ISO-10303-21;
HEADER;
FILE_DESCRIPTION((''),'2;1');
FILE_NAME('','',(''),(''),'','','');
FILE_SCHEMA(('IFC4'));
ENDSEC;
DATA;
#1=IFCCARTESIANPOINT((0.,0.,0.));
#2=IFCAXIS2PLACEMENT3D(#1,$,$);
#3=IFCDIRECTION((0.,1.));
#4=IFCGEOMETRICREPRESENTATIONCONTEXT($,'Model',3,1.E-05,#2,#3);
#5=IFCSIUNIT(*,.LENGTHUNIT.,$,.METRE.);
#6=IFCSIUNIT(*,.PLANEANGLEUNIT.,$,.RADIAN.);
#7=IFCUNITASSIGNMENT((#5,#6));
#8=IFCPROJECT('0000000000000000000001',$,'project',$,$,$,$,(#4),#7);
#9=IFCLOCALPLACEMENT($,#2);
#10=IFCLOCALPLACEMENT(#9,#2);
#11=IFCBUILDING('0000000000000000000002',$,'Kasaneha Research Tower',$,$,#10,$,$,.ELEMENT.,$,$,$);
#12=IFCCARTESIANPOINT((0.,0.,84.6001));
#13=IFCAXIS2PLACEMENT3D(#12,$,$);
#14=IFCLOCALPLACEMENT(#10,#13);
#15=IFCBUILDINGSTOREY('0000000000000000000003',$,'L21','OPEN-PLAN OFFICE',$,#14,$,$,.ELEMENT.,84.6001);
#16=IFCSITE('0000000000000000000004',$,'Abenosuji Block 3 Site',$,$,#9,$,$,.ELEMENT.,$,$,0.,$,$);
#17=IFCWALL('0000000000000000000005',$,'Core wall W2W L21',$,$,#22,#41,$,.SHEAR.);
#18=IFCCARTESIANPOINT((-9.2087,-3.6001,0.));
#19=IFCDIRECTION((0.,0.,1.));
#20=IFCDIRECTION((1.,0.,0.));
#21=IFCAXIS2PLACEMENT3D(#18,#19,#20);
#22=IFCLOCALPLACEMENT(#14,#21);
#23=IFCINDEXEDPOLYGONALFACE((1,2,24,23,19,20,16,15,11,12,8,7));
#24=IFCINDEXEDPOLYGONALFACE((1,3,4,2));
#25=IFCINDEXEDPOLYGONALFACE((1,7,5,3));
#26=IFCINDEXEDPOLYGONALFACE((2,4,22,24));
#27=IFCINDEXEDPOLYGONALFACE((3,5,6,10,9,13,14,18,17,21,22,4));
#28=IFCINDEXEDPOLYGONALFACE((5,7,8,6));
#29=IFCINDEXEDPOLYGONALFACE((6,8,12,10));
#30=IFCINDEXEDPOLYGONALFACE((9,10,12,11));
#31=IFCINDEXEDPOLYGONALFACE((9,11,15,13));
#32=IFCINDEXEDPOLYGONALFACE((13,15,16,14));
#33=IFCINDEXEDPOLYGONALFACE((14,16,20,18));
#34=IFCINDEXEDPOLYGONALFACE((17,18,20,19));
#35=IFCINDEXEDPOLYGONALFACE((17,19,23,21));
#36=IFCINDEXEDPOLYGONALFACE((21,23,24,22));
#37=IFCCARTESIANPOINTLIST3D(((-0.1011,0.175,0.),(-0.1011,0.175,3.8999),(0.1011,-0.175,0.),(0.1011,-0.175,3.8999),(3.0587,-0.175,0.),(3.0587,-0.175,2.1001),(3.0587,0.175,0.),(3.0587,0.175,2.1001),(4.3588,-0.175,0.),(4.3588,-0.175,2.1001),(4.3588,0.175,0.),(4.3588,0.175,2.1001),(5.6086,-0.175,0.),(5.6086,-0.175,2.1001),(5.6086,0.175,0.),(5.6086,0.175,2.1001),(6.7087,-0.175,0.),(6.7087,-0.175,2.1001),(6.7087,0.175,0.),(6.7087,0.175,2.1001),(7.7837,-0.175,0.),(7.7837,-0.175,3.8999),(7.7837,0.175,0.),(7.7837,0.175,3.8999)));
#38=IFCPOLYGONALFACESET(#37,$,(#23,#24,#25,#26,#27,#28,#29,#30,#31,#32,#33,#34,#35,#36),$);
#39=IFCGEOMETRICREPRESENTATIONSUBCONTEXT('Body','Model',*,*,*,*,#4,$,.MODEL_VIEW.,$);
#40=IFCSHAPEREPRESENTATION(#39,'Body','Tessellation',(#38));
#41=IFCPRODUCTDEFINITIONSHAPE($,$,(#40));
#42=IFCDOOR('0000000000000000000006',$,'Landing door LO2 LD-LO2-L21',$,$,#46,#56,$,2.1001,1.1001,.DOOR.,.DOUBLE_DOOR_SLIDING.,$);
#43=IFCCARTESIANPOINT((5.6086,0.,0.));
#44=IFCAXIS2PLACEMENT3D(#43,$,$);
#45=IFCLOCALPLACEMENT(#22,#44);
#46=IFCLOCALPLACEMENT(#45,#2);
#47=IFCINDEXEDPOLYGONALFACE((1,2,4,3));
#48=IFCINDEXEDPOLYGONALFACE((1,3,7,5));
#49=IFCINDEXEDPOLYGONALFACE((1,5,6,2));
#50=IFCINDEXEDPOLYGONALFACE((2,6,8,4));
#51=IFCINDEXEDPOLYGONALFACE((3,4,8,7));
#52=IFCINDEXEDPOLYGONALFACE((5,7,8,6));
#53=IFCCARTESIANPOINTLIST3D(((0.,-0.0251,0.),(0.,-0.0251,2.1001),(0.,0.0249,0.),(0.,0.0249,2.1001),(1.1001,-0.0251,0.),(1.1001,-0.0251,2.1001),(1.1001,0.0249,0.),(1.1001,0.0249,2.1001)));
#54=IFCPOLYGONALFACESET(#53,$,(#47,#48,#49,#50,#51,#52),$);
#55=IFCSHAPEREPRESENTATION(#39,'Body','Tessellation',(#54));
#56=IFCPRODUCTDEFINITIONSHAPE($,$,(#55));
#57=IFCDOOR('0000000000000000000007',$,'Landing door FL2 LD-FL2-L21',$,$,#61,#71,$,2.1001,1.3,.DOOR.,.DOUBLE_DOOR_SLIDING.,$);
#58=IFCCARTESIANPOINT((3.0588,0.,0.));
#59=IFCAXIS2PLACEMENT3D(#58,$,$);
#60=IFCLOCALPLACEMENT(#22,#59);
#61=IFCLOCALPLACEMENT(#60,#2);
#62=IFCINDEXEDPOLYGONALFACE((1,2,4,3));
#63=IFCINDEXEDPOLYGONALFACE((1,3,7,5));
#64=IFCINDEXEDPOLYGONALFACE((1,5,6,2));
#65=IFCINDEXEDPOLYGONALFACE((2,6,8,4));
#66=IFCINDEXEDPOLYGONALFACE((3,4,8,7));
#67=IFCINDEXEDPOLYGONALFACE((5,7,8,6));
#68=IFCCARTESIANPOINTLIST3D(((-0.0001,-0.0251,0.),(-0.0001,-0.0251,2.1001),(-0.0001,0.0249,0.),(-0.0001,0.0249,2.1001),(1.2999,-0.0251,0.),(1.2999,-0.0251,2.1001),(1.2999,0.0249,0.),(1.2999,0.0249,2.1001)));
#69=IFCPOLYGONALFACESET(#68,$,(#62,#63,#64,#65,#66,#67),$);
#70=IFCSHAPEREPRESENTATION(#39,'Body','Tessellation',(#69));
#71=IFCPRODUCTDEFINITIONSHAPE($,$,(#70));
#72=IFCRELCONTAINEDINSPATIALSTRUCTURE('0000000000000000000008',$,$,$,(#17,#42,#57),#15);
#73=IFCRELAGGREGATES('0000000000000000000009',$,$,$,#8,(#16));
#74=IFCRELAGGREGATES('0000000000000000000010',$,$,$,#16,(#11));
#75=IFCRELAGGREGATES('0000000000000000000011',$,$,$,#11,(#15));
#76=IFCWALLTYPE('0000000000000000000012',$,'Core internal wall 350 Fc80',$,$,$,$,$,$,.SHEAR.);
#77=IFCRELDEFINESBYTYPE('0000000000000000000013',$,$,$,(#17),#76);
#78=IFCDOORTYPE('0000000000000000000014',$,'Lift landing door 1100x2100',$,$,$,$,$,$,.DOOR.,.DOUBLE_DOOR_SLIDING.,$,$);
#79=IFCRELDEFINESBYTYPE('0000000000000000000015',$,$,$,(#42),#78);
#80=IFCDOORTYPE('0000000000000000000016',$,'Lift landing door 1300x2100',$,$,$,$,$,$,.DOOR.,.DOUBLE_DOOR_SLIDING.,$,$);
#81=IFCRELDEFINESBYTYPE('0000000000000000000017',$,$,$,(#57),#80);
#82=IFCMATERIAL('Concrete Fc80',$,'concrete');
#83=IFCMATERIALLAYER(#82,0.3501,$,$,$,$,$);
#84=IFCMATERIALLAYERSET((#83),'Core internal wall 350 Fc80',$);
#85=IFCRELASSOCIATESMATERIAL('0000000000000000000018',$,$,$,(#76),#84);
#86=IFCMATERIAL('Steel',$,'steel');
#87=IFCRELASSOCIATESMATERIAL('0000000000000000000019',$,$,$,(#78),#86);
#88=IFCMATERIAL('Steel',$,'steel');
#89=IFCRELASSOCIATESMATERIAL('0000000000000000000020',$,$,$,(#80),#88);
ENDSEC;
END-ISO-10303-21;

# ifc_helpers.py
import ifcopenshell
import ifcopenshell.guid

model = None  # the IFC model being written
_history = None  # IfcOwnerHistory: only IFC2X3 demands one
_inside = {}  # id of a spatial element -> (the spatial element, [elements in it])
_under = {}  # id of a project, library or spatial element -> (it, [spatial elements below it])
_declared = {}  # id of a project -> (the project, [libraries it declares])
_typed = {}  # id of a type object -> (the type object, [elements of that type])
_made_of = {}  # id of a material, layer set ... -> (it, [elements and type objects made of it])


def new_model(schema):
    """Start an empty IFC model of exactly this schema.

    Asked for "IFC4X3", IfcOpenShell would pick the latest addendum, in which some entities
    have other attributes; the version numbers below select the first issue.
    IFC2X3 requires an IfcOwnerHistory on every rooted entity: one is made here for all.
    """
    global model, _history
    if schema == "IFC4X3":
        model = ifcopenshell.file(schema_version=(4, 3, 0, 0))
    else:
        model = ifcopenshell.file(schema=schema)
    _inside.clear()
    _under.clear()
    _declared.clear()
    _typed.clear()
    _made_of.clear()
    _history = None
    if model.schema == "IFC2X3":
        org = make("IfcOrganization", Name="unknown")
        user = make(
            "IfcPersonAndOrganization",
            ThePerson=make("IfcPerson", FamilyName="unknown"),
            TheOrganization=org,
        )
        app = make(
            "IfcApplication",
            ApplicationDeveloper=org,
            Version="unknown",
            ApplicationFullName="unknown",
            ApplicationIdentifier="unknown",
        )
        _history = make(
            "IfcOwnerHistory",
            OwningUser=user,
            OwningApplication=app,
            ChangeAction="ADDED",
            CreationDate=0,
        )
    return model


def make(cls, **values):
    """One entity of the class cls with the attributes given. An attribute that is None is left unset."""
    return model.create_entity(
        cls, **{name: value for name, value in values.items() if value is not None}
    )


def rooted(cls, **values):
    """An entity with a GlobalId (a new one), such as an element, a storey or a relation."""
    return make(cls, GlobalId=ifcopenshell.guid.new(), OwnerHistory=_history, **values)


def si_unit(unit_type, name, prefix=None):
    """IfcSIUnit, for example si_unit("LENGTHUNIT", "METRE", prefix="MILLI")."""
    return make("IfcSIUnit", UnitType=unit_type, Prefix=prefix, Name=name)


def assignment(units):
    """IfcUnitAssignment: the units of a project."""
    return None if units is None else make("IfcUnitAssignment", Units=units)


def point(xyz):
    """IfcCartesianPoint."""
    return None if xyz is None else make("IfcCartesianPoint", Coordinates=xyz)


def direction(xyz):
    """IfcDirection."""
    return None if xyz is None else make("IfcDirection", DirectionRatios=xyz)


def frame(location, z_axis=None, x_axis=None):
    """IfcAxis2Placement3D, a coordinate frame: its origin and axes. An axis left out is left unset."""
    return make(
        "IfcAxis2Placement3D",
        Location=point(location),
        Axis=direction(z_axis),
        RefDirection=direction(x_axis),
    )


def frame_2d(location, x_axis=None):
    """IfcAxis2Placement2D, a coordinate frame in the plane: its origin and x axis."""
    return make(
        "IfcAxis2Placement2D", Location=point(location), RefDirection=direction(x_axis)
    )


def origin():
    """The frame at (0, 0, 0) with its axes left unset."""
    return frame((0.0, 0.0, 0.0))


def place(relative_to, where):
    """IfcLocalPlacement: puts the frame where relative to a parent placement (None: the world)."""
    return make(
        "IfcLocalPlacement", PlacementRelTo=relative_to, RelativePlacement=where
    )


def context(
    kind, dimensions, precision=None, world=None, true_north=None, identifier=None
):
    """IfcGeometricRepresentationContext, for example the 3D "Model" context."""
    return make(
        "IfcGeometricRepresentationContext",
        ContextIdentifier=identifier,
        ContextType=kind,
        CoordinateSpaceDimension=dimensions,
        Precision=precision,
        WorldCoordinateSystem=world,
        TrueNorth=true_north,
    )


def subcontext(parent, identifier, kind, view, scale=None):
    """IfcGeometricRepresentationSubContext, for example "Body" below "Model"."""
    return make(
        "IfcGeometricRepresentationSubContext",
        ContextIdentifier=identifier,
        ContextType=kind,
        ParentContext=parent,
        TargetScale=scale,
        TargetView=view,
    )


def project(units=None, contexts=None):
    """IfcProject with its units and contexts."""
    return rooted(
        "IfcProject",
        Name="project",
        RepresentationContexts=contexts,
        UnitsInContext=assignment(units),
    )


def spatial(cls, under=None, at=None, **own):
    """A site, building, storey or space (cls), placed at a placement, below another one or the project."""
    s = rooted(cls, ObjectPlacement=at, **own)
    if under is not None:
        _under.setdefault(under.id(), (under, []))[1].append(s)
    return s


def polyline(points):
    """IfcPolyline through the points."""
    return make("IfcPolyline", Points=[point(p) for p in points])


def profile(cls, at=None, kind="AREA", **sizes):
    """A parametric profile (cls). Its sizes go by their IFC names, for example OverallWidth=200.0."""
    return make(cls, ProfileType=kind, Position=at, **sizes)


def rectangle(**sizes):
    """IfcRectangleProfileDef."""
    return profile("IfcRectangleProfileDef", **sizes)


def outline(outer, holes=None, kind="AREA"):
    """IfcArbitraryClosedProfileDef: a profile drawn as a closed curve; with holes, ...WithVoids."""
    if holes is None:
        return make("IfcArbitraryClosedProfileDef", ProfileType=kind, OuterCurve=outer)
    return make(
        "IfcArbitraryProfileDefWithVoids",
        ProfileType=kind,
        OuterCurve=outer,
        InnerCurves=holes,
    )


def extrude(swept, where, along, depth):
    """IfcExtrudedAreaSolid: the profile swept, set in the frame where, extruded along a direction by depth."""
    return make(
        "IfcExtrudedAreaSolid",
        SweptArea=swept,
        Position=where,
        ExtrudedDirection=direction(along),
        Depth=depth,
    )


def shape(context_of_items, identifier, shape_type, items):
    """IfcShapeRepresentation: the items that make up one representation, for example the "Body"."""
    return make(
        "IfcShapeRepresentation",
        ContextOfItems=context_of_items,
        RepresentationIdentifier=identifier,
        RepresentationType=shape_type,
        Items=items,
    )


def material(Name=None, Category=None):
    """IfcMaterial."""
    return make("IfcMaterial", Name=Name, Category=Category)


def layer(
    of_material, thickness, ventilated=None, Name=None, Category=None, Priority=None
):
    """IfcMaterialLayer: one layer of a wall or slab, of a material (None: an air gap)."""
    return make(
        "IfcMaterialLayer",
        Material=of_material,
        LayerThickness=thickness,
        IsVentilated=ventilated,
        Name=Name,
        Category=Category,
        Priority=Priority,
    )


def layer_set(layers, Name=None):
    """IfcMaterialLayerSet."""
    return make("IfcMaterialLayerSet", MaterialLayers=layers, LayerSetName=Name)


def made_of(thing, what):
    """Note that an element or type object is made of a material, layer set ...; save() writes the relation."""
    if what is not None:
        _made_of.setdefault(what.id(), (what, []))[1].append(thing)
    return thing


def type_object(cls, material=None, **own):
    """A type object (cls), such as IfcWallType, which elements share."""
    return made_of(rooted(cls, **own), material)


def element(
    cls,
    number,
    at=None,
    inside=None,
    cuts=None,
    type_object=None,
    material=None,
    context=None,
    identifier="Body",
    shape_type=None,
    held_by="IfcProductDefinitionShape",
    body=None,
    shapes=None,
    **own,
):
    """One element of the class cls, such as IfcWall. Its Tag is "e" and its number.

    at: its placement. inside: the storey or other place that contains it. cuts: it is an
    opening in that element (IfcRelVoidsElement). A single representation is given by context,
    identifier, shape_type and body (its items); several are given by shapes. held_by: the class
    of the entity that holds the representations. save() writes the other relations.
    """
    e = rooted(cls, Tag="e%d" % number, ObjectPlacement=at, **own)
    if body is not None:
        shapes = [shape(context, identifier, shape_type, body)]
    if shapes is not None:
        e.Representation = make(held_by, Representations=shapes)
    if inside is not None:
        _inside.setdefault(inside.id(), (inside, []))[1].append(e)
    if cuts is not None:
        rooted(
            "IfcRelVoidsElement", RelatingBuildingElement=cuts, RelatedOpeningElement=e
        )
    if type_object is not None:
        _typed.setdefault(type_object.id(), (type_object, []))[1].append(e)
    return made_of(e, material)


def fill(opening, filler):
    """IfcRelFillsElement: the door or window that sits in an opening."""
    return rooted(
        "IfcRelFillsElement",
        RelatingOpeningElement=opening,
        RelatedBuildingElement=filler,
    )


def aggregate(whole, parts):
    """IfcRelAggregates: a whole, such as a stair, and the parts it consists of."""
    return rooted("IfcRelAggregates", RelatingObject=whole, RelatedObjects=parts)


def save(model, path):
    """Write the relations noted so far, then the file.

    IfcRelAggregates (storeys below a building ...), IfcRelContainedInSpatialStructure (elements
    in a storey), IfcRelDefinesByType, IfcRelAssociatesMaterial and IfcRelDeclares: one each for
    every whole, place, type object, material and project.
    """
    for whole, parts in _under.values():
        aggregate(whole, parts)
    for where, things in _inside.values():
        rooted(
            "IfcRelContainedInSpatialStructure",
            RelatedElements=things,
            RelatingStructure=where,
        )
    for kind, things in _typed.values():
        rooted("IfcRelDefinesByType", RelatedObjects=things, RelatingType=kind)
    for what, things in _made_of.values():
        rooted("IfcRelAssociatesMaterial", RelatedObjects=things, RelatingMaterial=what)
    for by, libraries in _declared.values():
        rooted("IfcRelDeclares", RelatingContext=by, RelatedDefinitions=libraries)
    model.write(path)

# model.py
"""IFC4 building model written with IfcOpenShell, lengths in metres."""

from ifc_helpers import new_model, si_unit, direction, frame, frame_2d, origin, place, context, subcontext, project, spatial, polyline, rectangle, outline, extrude, material, layer, layer_set, type_object, element, fill, save


model = new_model("IFC4")

# Units and contexts
model_context = context("Model", 3, precision=1e-05, world=origin(), true_north=direction((0.0, 1.0)))
body_context = subcontext(model_context, "Body", "Model", "MODEL_VIEW")
ifc_project = project(units=[si_unit("LENGTHUNIT", "METRE"), si_unit("PLANEANGLEUNIT", "RADIAN")], contexts=[model_context])

# Site, building, storey
site_placement = place(None, origin())
site = spatial("IfcSite", under=ifc_project, at=site_placement, Name="Abenosuji Block 3 Site", CompositionType="ELEMENT", RefElevation=0.0)
building_placement = place(site_placement, origin())
building = spatial("IfcBuilding", under=site, at=building_placement, Name="Kasaneha Research Tower", CompositionType="ELEMENT")
storey_placement = place(building_placement, frame((0.0, 0.0, 84.6001)))
storey = spatial("IfcBuildingStorey", under=building, at=storey_placement, Name="L21", Description="OPEN-PLAN OFFICE", CompositionType="ELEMENT", Elevation=84.6001)

# Wall, openings, doors
ifc_material_1 = material(Name="Concrete Fc80", Category="concrete")
ifc_layer_1 = layer(ifc_material_1, 0.3501)
ifc_layer_set_1 = layer_set([ifc_layer_1], Name="Core internal wall 350 Fc80")
wall_type_1 = type_object("IfcWallType", Name="Core internal wall 350 Fc80", PredefinedType="SHEAR", material=ifc_layer_set_1)
wall_1_placement = place(storey_placement, frame((-9.2087, -3.6001, 0.0), z_axis=(0.0, 0.0, 1.0), x_axis=(1.0, 0.0, 0.0)))
wall_1 = element("IfcWall", 1, at=wall_1_placement, inside=storey, type_object=wall_type_1, Name="Core wall W2W L21", PredefinedType="SHEAR", context=body_context, shape_type="SweptSolid", body=[
    extrude(outline(polyline([(0.1011, -0.175), (3.0588, -0.175), (4.3589, -0.175), (5.6086, -0.175), (6.7087, -0.175), (7.7837, -0.175), (7.7837, 0.175), (6.7087, 0.175), (5.6086, 0.175), (4.3589, 0.175), (3.0588, 0.175), (-0.1011, 0.175), (0.1011, -0.175)])), origin(), (0.0, 0.0, 1.0), 3.8999),
])
opening_1_placement = place(wall_1_placement, frame((5.6086, 0.0, 0.0)))
opening_1 = element("IfcOpeningElement", 2, at=opening_1_placement, cuts=wall_1, PredefinedType="OPENING", context=body_context, shape_type="SweptSolid", body=[
    extrude(rectangle(XDim=1.1001, YDim=2.1001, at=frame_2d((0.55, 1.05))), frame((0.0, 0.1851, 0.0), z_axis=(0.0, -1.0, 0.0), x_axis=(1.0, 0.0, 0.0)), (0.0, 0.0, 1.0), 0.3701),
])
opening_2_placement = place(wall_1_placement, frame((3.0588, 0.0, 0.0)))
opening_2 = element("IfcOpeningElement", 3, at=opening_2_placement, cuts=wall_1, PredefinedType="OPENING", context=body_context, shape_type="SweptSolid", body=[
    extrude(rectangle(XDim=1.3, YDim=2.1001, at=frame_2d((0.6499, 1.05))), frame((0.0, 0.1851, 0.0), z_axis=(0.0, -1.0, 0.0), x_axis=(1.0, 0.0, 0.0)), (0.0, 0.0, 1.0), 0.3701),
])
ifc_material_2 = material(Name="Steel", Category="steel")
door_type_1 = type_object("IfcDoorType", Name="Lift landing door 1100x2100", OperationType="DOUBLE_DOOR_SLIDING", PredefinedType="DOOR", material=ifc_material_2)
door_1_placement = place(opening_1_placement, origin())
door_1 = element("IfcDoor", 4, at=door_1_placement, inside=storey, type_object=door_type_1, Name="Landing door LO2 LD-LO2-L21", OperationType="DOUBLE_DOOR_SLIDING", OverallHeight=2.1001, OverallWidth=1.1001, PredefinedType="DOOR", context=body_context, shape_type="SweptSolid", body=[
    extrude(rectangle(XDim=1.1001, YDim=2.1001, at=frame_2d((0.55, 1.05))), frame((0.0, 0.0249, 0.0), z_axis=(0.0, -1.0, 0.0), x_axis=(1.0, 0.0, 0.0)), (0.0, 0.0, 1.0), 0.05),
])
fill(opening_1, door_1)
ifc_material_3 = material(Name="Steel", Category="steel")
door_type_2 = type_object("IfcDoorType", Name="Lift landing door 1300x2100", OperationType="DOUBLE_DOOR_SLIDING", PredefinedType="DOOR", material=ifc_material_3)
door_2_placement = place(opening_2_placement, origin())
door_2 = element("IfcDoor", 5, at=door_2_placement, inside=storey, type_object=door_type_2, Name="Landing door FL2 LD-FL2-L21", OperationType="DOUBLE_DOOR_SLIDING", OverallHeight=2.1001, OverallWidth=1.3, PredefinedType="DOOR", context=body_context, shape_type="SweptSolid", body=[
    extrude(rectangle(XDim=1.3, YDim=2.1001, at=frame_2d((0.6499, 1.05))), frame((0.0, 0.0249, 0.0), z_axis=(0.0, -1.0, 0.0), x_axis=(1.0, 0.0, 0.0)), (0.0, 0.0, 1.0), 0.05),
])
fill(opening_2, door_2)

save(model, "model.ifc")
